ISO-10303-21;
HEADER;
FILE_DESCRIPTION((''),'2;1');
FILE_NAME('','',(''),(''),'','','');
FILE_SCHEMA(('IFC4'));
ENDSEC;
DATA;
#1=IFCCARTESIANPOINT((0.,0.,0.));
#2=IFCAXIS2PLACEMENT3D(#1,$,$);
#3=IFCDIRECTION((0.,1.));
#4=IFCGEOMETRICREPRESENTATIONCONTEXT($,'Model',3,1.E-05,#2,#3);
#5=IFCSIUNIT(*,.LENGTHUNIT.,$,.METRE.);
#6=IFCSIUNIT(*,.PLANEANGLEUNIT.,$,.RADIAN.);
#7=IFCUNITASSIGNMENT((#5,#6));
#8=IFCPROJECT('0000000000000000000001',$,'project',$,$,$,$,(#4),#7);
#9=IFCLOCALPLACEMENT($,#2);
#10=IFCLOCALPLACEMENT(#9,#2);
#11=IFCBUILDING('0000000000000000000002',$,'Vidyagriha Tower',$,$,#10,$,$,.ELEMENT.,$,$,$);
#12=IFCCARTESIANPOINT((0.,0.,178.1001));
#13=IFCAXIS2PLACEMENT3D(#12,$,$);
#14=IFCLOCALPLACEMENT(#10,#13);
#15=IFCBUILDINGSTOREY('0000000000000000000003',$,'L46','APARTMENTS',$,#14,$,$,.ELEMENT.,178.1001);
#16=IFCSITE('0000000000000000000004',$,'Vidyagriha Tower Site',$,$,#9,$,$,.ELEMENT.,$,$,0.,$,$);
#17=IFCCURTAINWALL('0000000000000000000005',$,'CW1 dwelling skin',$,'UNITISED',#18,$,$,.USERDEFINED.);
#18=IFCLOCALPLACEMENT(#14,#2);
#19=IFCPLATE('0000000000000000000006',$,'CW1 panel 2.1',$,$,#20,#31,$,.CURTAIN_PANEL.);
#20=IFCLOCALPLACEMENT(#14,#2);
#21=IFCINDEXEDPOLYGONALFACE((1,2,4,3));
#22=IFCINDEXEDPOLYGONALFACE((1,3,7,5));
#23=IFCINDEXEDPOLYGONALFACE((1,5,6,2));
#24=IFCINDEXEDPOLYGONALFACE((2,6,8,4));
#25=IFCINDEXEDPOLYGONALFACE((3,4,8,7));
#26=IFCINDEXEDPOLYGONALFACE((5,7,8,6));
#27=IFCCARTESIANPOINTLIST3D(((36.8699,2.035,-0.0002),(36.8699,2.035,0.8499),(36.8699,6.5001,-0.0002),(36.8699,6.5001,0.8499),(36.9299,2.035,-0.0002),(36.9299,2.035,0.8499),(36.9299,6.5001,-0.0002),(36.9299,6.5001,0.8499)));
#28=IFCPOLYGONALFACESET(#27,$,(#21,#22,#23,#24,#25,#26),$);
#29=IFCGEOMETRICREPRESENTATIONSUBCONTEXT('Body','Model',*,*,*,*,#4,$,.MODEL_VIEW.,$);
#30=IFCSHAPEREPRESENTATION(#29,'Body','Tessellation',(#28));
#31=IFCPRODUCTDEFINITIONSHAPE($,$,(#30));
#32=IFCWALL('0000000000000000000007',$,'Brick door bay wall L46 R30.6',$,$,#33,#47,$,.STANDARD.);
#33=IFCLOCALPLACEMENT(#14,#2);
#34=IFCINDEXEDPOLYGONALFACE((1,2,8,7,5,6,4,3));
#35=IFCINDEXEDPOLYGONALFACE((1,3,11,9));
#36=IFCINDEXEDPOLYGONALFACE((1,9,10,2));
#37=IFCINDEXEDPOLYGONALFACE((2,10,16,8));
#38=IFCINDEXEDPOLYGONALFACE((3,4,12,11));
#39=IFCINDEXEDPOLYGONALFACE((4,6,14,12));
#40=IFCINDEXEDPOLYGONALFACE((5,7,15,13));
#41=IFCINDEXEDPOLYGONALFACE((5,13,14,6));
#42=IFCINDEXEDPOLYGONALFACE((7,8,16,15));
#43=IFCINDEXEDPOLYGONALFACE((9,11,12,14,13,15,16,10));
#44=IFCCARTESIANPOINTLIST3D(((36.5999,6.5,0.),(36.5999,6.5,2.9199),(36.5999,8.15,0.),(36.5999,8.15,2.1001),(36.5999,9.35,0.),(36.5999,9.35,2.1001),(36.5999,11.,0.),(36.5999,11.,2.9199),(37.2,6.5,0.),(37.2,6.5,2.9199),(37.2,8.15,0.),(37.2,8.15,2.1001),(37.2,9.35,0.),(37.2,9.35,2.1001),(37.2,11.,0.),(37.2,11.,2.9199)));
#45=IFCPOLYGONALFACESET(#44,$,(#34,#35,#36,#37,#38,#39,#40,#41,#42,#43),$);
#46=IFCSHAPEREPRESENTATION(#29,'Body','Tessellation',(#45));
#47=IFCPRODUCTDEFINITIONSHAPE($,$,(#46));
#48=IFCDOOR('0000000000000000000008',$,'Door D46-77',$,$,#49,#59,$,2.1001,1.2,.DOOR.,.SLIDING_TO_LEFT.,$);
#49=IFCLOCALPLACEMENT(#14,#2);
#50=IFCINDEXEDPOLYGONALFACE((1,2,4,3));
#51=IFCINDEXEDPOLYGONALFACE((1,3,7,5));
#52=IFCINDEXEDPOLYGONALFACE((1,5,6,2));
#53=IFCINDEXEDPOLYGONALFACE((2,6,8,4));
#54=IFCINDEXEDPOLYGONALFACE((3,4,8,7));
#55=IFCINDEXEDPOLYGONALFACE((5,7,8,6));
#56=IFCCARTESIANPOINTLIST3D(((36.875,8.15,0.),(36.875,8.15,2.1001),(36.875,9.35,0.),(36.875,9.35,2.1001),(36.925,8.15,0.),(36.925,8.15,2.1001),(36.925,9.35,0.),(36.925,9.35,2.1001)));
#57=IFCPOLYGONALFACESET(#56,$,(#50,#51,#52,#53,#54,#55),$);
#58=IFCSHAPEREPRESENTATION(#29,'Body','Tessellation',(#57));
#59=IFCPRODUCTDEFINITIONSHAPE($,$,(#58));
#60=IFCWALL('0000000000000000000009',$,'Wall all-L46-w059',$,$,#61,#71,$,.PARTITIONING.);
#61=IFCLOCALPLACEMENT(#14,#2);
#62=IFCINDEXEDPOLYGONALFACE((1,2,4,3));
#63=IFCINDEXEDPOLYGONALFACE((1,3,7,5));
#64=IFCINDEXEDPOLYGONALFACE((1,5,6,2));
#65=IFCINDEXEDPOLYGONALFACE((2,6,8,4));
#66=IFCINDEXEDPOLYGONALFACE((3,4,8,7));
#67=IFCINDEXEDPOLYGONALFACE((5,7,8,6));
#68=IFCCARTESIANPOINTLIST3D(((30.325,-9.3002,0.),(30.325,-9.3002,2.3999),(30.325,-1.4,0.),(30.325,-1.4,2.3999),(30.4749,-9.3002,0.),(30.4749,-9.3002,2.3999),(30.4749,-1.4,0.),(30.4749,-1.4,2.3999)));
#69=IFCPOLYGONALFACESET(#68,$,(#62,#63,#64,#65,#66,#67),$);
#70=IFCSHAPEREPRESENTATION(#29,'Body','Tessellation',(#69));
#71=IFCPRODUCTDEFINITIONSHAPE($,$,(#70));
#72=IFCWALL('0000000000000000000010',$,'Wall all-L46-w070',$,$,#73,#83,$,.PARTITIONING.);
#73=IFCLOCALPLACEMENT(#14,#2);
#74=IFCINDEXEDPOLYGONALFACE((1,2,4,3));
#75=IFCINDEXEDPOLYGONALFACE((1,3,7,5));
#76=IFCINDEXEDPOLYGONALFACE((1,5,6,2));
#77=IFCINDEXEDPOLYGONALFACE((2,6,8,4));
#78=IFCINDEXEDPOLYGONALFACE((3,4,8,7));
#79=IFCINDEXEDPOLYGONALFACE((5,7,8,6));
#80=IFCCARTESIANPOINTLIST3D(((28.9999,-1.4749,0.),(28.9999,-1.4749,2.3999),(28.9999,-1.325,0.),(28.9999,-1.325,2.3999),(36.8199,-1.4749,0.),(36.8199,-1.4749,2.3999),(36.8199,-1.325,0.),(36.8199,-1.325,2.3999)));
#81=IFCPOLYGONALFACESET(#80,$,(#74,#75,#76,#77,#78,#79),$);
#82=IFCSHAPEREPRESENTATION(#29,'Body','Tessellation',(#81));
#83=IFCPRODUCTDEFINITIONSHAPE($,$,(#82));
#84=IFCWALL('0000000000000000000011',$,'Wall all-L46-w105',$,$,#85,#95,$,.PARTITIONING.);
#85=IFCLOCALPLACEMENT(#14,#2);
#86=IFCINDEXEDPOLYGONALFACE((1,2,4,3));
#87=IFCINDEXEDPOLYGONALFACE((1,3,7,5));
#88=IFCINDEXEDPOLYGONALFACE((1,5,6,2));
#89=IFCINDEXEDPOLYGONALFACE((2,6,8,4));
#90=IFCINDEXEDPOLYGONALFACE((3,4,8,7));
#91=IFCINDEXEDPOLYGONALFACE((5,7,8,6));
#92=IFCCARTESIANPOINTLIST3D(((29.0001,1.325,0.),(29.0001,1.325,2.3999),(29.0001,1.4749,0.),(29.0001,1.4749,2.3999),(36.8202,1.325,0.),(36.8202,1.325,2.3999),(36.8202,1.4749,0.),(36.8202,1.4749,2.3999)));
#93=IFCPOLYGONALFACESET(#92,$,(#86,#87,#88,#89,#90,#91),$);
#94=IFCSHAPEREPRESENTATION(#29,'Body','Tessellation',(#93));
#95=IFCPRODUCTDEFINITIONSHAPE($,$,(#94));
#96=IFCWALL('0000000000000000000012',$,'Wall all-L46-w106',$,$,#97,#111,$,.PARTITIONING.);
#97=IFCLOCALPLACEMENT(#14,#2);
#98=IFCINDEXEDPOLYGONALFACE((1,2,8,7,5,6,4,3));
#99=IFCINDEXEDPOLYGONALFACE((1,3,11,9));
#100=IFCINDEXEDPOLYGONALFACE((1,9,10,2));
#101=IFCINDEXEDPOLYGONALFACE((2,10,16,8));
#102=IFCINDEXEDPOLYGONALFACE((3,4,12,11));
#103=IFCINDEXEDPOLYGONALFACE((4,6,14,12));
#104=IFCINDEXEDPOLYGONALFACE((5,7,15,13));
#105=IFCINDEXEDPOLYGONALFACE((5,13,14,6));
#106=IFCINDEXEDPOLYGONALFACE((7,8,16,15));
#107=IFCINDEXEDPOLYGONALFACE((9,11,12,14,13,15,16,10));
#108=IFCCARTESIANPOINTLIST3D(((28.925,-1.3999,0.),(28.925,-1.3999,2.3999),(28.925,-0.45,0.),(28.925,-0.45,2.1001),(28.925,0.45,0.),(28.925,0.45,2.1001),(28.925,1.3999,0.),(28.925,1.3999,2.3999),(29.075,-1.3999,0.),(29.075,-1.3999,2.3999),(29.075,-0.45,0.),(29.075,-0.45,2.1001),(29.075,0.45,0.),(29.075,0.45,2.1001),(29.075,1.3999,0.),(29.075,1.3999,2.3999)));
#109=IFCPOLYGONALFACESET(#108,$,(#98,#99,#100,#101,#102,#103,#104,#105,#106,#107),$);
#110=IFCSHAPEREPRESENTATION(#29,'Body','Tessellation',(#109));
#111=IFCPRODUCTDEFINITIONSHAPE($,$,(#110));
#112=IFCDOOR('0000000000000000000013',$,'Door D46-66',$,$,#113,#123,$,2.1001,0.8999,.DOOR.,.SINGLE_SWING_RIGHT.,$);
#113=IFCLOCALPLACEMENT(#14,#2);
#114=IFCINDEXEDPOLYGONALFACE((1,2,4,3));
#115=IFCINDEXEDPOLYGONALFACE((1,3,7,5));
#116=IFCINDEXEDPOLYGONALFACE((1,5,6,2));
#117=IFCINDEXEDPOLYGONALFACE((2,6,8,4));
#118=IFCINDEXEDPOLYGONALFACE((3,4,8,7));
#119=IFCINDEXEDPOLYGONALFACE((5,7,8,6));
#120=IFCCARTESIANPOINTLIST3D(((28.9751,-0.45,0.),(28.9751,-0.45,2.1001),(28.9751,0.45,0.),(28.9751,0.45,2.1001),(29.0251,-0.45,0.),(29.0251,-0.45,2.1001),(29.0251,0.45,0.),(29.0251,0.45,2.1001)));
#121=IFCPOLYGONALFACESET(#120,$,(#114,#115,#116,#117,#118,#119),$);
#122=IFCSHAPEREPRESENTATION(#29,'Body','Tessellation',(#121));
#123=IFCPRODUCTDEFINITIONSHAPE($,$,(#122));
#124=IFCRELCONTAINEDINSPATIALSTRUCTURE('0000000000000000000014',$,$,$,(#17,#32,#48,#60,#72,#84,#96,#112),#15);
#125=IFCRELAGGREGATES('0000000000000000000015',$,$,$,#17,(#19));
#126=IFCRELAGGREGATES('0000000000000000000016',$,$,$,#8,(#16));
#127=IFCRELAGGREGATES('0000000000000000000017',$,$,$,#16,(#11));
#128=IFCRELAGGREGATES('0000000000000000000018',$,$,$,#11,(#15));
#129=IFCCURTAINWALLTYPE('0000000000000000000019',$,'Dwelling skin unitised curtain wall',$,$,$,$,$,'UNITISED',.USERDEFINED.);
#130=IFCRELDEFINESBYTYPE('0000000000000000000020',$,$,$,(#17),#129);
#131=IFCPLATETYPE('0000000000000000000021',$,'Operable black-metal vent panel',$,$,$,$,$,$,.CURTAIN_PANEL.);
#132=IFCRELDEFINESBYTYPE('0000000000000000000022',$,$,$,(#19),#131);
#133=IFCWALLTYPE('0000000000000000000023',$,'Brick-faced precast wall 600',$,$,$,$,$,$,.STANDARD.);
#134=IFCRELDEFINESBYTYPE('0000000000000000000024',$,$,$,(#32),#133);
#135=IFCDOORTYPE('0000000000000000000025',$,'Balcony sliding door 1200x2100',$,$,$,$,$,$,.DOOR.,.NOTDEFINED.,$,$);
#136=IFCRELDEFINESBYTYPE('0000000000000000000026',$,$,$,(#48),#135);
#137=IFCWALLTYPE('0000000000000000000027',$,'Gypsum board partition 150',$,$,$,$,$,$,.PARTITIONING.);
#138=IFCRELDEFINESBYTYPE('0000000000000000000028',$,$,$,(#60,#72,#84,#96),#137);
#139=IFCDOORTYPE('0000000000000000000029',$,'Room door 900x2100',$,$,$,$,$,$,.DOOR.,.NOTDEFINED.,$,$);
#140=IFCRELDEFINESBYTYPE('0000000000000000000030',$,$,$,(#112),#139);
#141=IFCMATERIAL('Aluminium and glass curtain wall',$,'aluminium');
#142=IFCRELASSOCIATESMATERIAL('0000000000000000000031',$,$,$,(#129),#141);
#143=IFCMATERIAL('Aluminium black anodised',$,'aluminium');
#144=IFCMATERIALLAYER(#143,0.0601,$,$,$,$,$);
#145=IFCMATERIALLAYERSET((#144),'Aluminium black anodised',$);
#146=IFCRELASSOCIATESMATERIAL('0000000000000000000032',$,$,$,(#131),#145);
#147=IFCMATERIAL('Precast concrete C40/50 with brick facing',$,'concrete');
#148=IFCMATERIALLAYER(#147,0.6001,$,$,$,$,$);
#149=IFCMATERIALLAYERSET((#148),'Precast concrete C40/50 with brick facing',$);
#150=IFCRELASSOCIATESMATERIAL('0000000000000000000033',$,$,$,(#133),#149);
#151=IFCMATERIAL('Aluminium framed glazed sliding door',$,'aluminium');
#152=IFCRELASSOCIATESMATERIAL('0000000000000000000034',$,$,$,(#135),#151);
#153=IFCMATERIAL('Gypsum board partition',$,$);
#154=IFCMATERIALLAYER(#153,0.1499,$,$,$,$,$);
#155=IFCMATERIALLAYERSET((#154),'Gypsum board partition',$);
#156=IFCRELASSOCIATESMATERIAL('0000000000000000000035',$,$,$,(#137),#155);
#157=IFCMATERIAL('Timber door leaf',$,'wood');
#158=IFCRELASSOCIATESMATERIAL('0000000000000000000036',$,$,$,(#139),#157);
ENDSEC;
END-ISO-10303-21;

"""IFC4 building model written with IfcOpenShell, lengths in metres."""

from ifc_helpers import new_model, si_unit, direction, frame, frame_2d, origin, origin_2d, place, context, subcontext, project, spatial, rectangle, extrude, material, layer, layer_set, type_object, element, fill, aggregate, save


model = new_model("IFC4")

# Units and contexts
model_context = context("Model", 3, precision=1e-05, world=origin(), true_north=direction((0.0, 1.0)))
body_context = subcontext(model_context, "Body", "Model", "MODEL_VIEW")
ifc_project = project(units=[si_unit("LENGTHUNIT", "METRE"), si_unit("PLANEANGLEUNIT", "RADIAN")], contexts=[model_context])

# Site, building, storey
site_placement = place(None, origin())
site = spatial("IfcSite", under=ifc_project, at=site_placement, Name="Vidyagriha Tower Site", CompositionType="ELEMENT", RefElevation=0.0)
building_placement = place(site_placement, origin())
building = spatial("IfcBuilding", under=site, at=building_placement, Name="Vidyagriha Tower", CompositionType="ELEMENT")
storey_placement = place(building_placement, frame((0.0, 0.0, 178.1001)))
storey = spatial("IfcBuildingStorey", under=building, at=storey_placement, Name="L46", Description="APARTMENTS", CompositionType="ELEMENT", Elevation=178.1001)

# Curtain wall
ifc_material_1 = material(Name="Aluminium and glass curtain wall", Category="aluminium")
curtain_wall_type = type_object("IfcCurtainWallType", Name="Dwelling skin unitised curtain wall", ElementType="UNITISED", PredefinedType="USERDEFINED", material=ifc_material_1)
curtain_wall_1_placement = place(storey_placement, origin())
curtain_wall_1 = element("IfcCurtainWall", 1, at=curtain_wall_1_placement, inside=storey, type_object=curtain_wall_type, Name="CW1 dwelling skin", ObjectType="UNITISED", PredefinedType="USERDEFINED")

# Plate
ifc_material_2 = material(Name="Aluminium black anodised", Category="aluminium")
ifc_layer_1 = layer(ifc_material_2, 0.0601)
ifc_layer_set_1 = layer_set([ifc_layer_1], Name="Aluminium black anodised")
plate_type_1 = type_object("IfcPlateType", Name="Operable black-metal vent panel", PredefinedType="CURTAIN_PANEL", material=ifc_layer_set_1)
plate_1_placement = place(storey_placement, frame((36.8999, 4.2676, -0.0002), z_axis=(0.0, 0.0, 1.0), x_axis=(0.0, 1.0, 0.0)))
plate_1 = element("IfcPlate", 2, at=plate_1_placement, type_object=plate_type_1, Name="CW1 panel 2.1", PredefinedType="CURTAIN_PANEL", context=body_context, shape_type="SweptSolid", body=[
    extrude(rectangle(XDim=4.4651, YDim=0.0601, at=origin_2d()), origin(), (0.0, 0.0, 1.0), 0.8501),
])
aggregate(curtain_wall_1, [plate_1])

# Wall, opening, door
ifc_material_3 = material(Name="Precast concrete C40/50 with brick facing", Category="concrete")
ifc_layer_2 = layer(ifc_material_3, 0.6001)
ifc_layer_set_2 = layer_set([ifc_layer_2], Name="Precast concrete C40/50 with brick facing")
wall_type_1 = type_object("IfcWallType", Name="Brick-faced precast wall 600", PredefinedType="STANDARD", material=ifc_layer_set_2)
wall_1_placement = place(storey_placement, frame((36.8999, 6.5, 0.0), z_axis=(0.0, 0.0, 1.0), x_axis=(0.0, 1.0, 0.0)))
wall_1 = element("IfcWall", 3, at=wall_1_placement, inside=storey, type_object=wall_type_1, Name="Brick door bay wall L46 R30.6", PredefinedType="STANDARD", context=body_context, shape_type="SweptSolid", body=[
    extrude(rectangle(XDim=4.5, YDim=0.6001, at=frame_2d((2.25, 0.0))), origin(), (0.0, 0.0, 1.0), 2.9199),
])
opening_1_placement = place(wall_1_placement, frame((1.6499, 0.0, 0.0)))
opening_1 = element("IfcOpeningElement", 4, at=opening_1_placement, cuts=wall_1, PredefinedType="OPENING", context=body_context, shape_type="SweptSolid", body=[
    extrude(rectangle(XDim=1.2, YDim=2.1001, at=frame_2d((0.6001, 1.05))), frame((0.0, 0.3101, 0.0), z_axis=(0.0, -1.0, 0.0), x_axis=(1.0, 0.0, 0.0)), (0.0, 0.0, 1.0), 0.6201),
])
ifc_material_4 = material(Name="Aluminium framed glazed sliding door", Category="aluminium")
door_type_1 = type_object("IfcDoorType", Name="Balcony sliding door 1200x2100", OperationType="NOTDEFINED", PredefinedType="DOOR", material=ifc_material_4)
door_1_placement = place(opening_1_placement, origin())
door_1 = element("IfcDoor", 5, at=door_1_placement, inside=storey, type_object=door_type_1, Name="Door D46-77", OperationType="SLIDING_TO_LEFT", OverallHeight=2.1001, OverallWidth=1.2, PredefinedType="DOOR", context=body_context, shape_type="SweptSolid", body=[
    extrude(rectangle(XDim=1.2, YDim=2.1001, at=frame_2d((0.6001, 1.05))), frame((0.0, 0.0249, 0.0), z_axis=(0.0, -1.0, 0.0), x_axis=(1.0, 0.0, 0.0)), (0.0, 0.0, 1.0), 0.05),
])
fill(opening_1, door_1)

# Walls
ifc_material_5 = material(Name="Gypsum board partition")
ifc_layer_3 = layer(ifc_material_5, 0.1499)
ifc_layer_set_3 = layer_set([ifc_layer_3], Name="Gypsum board partition")
wall_type_2 = type_object("IfcWallType", Name="Gypsum board partition 150", PredefinedType="PARTITIONING", material=ifc_layer_set_3)
wall_2_placement = place(storey_placement, frame((30.3999, -1.3999, 0.0), z_axis=(0.0, 0.0, 1.0), x_axis=(0.0, -1.0, 0.0)))
element("IfcWall", 6, at=wall_2_placement, inside=storey, type_object=wall_type_2, Name="Wall all-L46-w059", PredefinedType="PARTITIONING", context=body_context, shape_type="SweptSolid", body=[
    extrude(rectangle(XDim=7.9001, YDim=0.1499, at=frame_2d((3.9502, 0.0))), origin(), (0.0, 0.0, 1.0), 2.3999),
])
wall_3_placement = place(storey_placement, frame((36.8201, -1.3999, 0.0), z_axis=(0.0, 0.0, 1.0), x_axis=(-1.0, 0.0, 0.0)))
element("IfcWall", 7, at=wall_3_placement, inside=storey, type_object=wall_type_2, Name="Wall all-L46-w070", PredefinedType="PARTITIONING", context=body_context, shape_type="SweptSolid", body=[
    extrude(rectangle(XDim=7.8201, YDim=0.1499, at=frame_2d((3.9102, 0.0))), origin(), (0.0, 0.0, 1.0), 2.3999),
])
wall_4_placement = place(storey_placement, frame((29.0, 1.3999, 0.0)))
element("IfcWall", 8, at=wall_4_placement, inside=storey, type_object=wall_type_2, Name="Wall all-L46-w105", PredefinedType="PARTITIONING", context=body_context, shape_type="SweptSolid", body=[
    extrude(rectangle(XDim=7.8201, YDim=0.1499, at=frame_2d((3.9102, 0.0))), origin(), (0.0, 0.0, 1.0), 2.3999),
])

# Wall, opening, door
wall_5_placement = place(storey_placement, frame((29.0, -1.3999, 0.0), z_axis=(0.0, 0.0, 1.0), x_axis=(0.0, 1.0, 0.0)))
wall_5 = element("IfcWall", 9, at=wall_5_placement, inside=storey, type_object=wall_type_2, Name="Wall all-L46-w106", PredefinedType="PARTITIONING", context=body_context, shape_type="SweptSolid", body=[
    extrude(rectangle(XDim=2.7998, YDim=0.1499, at=frame_2d((1.3999, 0.0))), origin(), (0.0, 0.0, 1.0), 2.3999),
])
opening_2_placement = place(wall_5_placement, frame((0.95, 0.0, 0.0)))
opening_2 = element("IfcOpeningElement", 10, at=opening_2_placement, cuts=wall_5, PredefinedType="OPENING", context=body_context, shape_type="SweptSolid", body=[
    extrude(rectangle(XDim=0.8999, YDim=2.1001, at=frame_2d((0.45, 1.05))), frame((0.0, 0.085, 0.0), z_axis=(0.0, -1.0, 0.0), x_axis=(1.0, 0.0, 0.0)), (0.0, 0.0, 1.0), 0.1699),
])
ifc_material_6 = material(Name="Timber door leaf", Category="wood")
door_type_2 = type_object("IfcDoorType", Name="Room door 900x2100", OperationType="NOTDEFINED", PredefinedType="DOOR", material=ifc_material_6)
door_2_placement = place(opening_2_placement, origin())
door_2 = element("IfcDoor", 11, at=door_2_placement, inside=storey, type_object=door_type_2, Name="Door D46-66", OperationType="SINGLE_SWING_RIGHT", OverallHeight=2.1001, OverallWidth=0.8999, PredefinedType="DOOR", context=body_context, shape_type="SweptSolid", body=[
    extrude(rectangle(XDim=0.8999, YDim=2.1001, at=frame_2d((0.45, 1.05))), frame((0.0, 0.0249, 0.0), z_axis=(0.0, -1.0, 0.0), x_axis=(1.0, 0.0, 0.0)), (0.0, 0.0, 1.0), 0.05),
])
fill(opening_2, door_2)

save(model, "model.ifc")
